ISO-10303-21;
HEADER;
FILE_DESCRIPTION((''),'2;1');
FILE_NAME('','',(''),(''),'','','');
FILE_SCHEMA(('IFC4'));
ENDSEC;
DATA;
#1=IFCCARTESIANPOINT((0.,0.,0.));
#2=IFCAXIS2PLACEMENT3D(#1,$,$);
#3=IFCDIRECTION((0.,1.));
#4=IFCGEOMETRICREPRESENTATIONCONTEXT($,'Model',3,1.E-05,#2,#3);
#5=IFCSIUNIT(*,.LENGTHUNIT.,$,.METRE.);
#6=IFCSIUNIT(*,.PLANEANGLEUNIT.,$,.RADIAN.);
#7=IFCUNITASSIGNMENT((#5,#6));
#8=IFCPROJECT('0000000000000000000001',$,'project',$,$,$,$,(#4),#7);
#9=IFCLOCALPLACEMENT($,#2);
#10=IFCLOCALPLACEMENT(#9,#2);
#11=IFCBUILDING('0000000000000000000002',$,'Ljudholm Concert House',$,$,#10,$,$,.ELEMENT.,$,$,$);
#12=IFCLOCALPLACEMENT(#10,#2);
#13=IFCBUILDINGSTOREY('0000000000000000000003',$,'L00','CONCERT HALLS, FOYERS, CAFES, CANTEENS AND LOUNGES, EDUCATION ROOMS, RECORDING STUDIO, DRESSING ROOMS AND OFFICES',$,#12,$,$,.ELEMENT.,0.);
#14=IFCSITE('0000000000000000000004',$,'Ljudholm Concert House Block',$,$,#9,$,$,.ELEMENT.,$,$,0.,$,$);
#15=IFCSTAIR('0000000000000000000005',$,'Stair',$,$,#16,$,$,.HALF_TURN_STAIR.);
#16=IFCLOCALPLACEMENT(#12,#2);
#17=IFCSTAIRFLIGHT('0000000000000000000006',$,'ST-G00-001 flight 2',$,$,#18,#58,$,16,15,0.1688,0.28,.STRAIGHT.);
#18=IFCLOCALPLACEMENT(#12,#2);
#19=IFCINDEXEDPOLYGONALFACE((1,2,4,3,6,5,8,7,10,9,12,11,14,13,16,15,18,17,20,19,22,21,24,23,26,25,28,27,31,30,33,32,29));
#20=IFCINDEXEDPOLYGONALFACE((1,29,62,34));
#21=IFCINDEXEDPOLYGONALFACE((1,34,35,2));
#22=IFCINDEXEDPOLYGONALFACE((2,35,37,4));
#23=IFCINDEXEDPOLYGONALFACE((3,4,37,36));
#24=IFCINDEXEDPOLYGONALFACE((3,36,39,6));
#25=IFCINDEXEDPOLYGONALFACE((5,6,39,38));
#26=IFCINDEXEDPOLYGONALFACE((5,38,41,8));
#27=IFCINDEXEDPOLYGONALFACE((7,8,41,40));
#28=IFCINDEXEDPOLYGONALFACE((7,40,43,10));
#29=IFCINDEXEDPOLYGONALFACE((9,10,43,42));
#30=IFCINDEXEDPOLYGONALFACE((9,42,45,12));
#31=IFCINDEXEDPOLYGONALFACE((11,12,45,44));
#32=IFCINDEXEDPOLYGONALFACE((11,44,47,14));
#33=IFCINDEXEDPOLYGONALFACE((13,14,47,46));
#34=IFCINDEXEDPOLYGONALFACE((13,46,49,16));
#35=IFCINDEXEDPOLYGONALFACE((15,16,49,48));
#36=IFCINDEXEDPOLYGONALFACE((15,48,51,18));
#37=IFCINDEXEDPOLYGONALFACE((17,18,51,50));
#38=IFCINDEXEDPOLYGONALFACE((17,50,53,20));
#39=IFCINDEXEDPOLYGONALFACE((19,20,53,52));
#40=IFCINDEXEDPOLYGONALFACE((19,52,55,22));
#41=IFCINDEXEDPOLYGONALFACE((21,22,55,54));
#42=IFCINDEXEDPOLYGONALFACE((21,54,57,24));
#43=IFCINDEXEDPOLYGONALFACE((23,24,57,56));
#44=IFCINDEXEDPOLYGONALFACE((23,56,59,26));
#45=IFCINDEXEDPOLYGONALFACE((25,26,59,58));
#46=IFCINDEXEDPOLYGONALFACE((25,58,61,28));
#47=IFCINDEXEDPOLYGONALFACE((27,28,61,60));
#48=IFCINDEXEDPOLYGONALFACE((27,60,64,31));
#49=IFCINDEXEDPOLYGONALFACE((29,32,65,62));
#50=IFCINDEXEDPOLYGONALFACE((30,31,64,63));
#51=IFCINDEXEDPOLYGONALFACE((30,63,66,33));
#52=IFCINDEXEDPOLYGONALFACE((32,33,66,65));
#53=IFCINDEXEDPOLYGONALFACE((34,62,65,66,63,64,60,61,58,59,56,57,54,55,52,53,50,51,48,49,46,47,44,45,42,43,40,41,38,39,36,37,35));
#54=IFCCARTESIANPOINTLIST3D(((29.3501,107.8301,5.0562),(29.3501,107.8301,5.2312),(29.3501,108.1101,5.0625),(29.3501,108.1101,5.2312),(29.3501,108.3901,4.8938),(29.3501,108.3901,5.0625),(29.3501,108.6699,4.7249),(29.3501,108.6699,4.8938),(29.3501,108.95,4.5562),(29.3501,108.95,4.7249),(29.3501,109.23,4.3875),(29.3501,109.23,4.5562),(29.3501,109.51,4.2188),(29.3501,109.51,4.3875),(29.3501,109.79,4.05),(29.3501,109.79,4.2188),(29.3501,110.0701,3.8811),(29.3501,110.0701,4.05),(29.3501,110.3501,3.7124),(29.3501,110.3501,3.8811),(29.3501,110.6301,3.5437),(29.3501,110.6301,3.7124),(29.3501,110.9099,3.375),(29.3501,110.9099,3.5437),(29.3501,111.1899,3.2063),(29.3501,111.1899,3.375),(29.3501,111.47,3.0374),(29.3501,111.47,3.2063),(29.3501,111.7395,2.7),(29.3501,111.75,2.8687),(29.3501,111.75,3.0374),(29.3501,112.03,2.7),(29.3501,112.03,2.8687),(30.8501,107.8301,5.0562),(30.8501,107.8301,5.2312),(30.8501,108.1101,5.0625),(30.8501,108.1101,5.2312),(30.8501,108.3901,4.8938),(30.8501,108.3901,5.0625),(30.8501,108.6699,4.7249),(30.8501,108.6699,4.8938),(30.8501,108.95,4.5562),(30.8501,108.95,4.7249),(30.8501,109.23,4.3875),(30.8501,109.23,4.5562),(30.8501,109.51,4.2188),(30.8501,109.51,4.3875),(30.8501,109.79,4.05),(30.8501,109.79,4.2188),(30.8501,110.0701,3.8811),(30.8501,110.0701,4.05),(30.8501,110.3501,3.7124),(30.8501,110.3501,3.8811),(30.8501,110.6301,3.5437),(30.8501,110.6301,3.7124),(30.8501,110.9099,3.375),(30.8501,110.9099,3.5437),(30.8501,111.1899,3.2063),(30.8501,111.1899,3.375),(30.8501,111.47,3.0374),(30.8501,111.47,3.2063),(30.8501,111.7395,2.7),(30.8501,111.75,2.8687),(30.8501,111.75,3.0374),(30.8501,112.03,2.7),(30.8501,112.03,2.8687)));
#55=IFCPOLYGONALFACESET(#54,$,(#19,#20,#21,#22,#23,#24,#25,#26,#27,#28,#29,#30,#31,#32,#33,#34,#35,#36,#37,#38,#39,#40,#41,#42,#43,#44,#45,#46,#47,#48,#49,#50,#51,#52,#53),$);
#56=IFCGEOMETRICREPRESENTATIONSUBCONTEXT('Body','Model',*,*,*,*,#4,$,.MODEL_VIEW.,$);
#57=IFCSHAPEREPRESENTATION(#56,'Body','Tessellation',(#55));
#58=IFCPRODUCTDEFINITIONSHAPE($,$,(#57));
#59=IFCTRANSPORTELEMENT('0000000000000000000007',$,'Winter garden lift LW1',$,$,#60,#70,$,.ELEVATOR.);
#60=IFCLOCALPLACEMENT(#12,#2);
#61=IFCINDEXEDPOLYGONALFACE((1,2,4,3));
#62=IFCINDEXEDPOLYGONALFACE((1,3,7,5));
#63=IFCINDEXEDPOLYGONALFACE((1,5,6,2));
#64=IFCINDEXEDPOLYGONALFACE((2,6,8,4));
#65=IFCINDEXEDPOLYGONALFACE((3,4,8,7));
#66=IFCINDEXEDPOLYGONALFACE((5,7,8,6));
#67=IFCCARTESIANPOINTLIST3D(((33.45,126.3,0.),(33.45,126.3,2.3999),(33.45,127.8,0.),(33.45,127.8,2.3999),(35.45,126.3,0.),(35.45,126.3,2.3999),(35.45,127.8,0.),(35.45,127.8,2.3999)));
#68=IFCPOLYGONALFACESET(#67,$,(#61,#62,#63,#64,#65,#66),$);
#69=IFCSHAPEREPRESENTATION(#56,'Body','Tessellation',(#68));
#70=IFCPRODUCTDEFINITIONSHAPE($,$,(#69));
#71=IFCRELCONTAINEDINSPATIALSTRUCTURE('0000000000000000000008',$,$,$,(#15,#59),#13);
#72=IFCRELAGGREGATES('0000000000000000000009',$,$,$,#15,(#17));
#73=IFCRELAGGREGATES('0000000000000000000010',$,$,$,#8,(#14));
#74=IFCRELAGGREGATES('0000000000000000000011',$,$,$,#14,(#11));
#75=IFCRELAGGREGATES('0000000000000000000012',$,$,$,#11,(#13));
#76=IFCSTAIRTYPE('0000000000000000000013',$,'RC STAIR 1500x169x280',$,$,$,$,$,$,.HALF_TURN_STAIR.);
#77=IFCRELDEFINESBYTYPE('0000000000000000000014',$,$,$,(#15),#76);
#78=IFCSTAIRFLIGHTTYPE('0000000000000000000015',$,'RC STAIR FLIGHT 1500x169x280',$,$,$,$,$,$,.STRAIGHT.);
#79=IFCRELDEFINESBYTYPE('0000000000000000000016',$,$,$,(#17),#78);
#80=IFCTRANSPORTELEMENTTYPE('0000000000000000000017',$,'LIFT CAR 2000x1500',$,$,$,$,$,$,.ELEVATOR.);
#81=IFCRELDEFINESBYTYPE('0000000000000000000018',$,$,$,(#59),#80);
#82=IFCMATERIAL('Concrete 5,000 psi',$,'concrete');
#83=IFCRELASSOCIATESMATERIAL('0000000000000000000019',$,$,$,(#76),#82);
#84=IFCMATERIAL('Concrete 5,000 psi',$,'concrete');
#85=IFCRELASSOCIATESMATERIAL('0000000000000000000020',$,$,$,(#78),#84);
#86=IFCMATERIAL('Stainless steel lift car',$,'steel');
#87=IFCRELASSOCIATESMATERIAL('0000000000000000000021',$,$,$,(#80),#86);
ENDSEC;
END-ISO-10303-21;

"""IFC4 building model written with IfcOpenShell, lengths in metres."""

from ifc_helpers import new_model, si_unit, direction, frame, origin, origin_2d, place, context, subcontext, project, spatial, polyline, rectangle, outline, extrude, material, type_object, element, aggregate, save


model = new_model("IFC4")

# Units and contexts
model_context = context("Model", 3, precision=1e-05, world=origin(), true_north=direction((0.0, 1.0)))
body_context = subcontext(model_context, "Body", "Model", "MODEL_VIEW")
ifc_project = project(units=[si_unit("LENGTHUNIT", "METRE"), si_unit("PLANEANGLEUNIT", "RADIAN")], contexts=[model_context])

# Site, building, storey
site_placement = place(None, origin())
site = spatial("IfcSite", under=ifc_project, at=site_placement, Name="Ljudholm Concert House Block", CompositionType="ELEMENT", RefElevation=0.0)
building_placement = place(site_placement, origin())
building = spatial("IfcBuilding", under=site, at=building_placement, Name="Ljudholm Concert House", CompositionType="ELEMENT")
storey_placement = place(building_placement, origin())
storey = spatial("IfcBuildingStorey", under=building, at=storey_placement, Name="L00", Description="CONCERT HALLS, FOYERS, CAFES, CANTEENS AND LOUNGES, EDUCATION ROOMS, RECORDING STUDIO, DRESSING ROOMS AND OFFICES", CompositionType="ELEMENT", Elevation=0.0)

# Stair, stair flight
ifc_material_1 = material(Name="Concrete 5,000 psi", Category="concrete")
stair_type = type_object("IfcStairType", Name="RC STAIR 1500x169x280", PredefinedType="HALF_TURN_STAIR", material=ifc_material_1)
stair_placement = place(storey_placement, origin())
stair = element("IfcStair", 1, at=stair_placement, inside=storey, type_object=stair_type, Name="Stair", PredefinedType="HALF_TURN_STAIR")
ifc_material_2 = material(Name="Concrete 5,000 psi", Category="concrete")
stair_flight_type = type_object("IfcStairFlightType", Name="RC STAIR FLIGHT 1500x169x280", PredefinedType="STRAIGHT", material=ifc_material_2)
stair_flight_1_placement = place(storey_placement, frame((30.1001, 112.03, 2.7), z_axis=(0.0, 0.0, 1.0), x_axis=(0.0, -1.0, 0.0)))
stair_flight_1 = element("IfcStairFlight", 2, at=stair_flight_1_placement, type_object=stair_flight_type, Name="ST-G00-001 flight 2", NumberOfRisers=16, NumberOfTreads=15, PredefinedType="STRAIGHT", RiserHeight=0.1688, TreadLength=0.28, context=body_context, shape_type="SweptSolid", body=[
    extrude(outline(polyline([(0.0, 0.0), (0.0, 0.1687), (0.28, 0.1687), (0.28, 0.3374), (0.5601, 0.3374), (0.5601, 0.5063), (0.8401, 0.5063), (0.8401, 0.675), (1.1201, 0.675), (1.1201, 0.8438), (1.3999, 0.8438), (1.3999, 1.0125), (1.6799, 1.0125), (1.6799, 1.1812), (1.96, 1.1812), (1.96, 1.3501), (2.24, 1.3501), (2.24, 1.5188), (2.52, 1.5188), (2.52, 1.6875), (2.8, 1.6875), (2.8, 1.8562), (3.0801, 1.8562), (3.0801, 2.0249), (3.3601, 2.0249), (3.3601, 2.1938), (3.6399, 2.1938), (3.6399, 2.3625), (3.9199, 2.3625), (3.9199, 2.5312), (4.2, 2.5312), (4.2, 2.7), (4.2, 2.3562), (0.2905, 0.0), (0.0, 0.0)])), frame((0.0, 0.75, 0.0), z_axis=(0.0, -1.0, 0.0), x_axis=(1.0, 0.0, 0.0)), (0.0, 0.0, 1.0), 1.5),
])
aggregate(stair, [stair_flight_1])

# Transport element
ifc_material_3 = material(Name="Stainless steel lift car", Category="steel")
transport_element_type = type_object("IfcTransportElementType", Name="LIFT CAR 2000x1500", PredefinedType="ELEVATOR", material=ifc_material_3)
transport_element_placement = place(storey_placement, frame((34.45, 127.05, 0.0), z_axis=(0.0, 0.0, 1.0), x_axis=(1.0, 0.0, 0.0)))
element("IfcTransportElement", 3, at=transport_element_placement, inside=storey, type_object=transport_element_type, Name="Winter garden lift LW1", PredefinedType="ELEVATOR", context=body_context, shape_type="SweptSolid", body=[
    extrude(rectangle(XDim=2.0, YDim=1.5, at=origin_2d()), origin(), (0.0, 0.0, 1.0), 2.3999),
])

save(model, "model.ifc")
